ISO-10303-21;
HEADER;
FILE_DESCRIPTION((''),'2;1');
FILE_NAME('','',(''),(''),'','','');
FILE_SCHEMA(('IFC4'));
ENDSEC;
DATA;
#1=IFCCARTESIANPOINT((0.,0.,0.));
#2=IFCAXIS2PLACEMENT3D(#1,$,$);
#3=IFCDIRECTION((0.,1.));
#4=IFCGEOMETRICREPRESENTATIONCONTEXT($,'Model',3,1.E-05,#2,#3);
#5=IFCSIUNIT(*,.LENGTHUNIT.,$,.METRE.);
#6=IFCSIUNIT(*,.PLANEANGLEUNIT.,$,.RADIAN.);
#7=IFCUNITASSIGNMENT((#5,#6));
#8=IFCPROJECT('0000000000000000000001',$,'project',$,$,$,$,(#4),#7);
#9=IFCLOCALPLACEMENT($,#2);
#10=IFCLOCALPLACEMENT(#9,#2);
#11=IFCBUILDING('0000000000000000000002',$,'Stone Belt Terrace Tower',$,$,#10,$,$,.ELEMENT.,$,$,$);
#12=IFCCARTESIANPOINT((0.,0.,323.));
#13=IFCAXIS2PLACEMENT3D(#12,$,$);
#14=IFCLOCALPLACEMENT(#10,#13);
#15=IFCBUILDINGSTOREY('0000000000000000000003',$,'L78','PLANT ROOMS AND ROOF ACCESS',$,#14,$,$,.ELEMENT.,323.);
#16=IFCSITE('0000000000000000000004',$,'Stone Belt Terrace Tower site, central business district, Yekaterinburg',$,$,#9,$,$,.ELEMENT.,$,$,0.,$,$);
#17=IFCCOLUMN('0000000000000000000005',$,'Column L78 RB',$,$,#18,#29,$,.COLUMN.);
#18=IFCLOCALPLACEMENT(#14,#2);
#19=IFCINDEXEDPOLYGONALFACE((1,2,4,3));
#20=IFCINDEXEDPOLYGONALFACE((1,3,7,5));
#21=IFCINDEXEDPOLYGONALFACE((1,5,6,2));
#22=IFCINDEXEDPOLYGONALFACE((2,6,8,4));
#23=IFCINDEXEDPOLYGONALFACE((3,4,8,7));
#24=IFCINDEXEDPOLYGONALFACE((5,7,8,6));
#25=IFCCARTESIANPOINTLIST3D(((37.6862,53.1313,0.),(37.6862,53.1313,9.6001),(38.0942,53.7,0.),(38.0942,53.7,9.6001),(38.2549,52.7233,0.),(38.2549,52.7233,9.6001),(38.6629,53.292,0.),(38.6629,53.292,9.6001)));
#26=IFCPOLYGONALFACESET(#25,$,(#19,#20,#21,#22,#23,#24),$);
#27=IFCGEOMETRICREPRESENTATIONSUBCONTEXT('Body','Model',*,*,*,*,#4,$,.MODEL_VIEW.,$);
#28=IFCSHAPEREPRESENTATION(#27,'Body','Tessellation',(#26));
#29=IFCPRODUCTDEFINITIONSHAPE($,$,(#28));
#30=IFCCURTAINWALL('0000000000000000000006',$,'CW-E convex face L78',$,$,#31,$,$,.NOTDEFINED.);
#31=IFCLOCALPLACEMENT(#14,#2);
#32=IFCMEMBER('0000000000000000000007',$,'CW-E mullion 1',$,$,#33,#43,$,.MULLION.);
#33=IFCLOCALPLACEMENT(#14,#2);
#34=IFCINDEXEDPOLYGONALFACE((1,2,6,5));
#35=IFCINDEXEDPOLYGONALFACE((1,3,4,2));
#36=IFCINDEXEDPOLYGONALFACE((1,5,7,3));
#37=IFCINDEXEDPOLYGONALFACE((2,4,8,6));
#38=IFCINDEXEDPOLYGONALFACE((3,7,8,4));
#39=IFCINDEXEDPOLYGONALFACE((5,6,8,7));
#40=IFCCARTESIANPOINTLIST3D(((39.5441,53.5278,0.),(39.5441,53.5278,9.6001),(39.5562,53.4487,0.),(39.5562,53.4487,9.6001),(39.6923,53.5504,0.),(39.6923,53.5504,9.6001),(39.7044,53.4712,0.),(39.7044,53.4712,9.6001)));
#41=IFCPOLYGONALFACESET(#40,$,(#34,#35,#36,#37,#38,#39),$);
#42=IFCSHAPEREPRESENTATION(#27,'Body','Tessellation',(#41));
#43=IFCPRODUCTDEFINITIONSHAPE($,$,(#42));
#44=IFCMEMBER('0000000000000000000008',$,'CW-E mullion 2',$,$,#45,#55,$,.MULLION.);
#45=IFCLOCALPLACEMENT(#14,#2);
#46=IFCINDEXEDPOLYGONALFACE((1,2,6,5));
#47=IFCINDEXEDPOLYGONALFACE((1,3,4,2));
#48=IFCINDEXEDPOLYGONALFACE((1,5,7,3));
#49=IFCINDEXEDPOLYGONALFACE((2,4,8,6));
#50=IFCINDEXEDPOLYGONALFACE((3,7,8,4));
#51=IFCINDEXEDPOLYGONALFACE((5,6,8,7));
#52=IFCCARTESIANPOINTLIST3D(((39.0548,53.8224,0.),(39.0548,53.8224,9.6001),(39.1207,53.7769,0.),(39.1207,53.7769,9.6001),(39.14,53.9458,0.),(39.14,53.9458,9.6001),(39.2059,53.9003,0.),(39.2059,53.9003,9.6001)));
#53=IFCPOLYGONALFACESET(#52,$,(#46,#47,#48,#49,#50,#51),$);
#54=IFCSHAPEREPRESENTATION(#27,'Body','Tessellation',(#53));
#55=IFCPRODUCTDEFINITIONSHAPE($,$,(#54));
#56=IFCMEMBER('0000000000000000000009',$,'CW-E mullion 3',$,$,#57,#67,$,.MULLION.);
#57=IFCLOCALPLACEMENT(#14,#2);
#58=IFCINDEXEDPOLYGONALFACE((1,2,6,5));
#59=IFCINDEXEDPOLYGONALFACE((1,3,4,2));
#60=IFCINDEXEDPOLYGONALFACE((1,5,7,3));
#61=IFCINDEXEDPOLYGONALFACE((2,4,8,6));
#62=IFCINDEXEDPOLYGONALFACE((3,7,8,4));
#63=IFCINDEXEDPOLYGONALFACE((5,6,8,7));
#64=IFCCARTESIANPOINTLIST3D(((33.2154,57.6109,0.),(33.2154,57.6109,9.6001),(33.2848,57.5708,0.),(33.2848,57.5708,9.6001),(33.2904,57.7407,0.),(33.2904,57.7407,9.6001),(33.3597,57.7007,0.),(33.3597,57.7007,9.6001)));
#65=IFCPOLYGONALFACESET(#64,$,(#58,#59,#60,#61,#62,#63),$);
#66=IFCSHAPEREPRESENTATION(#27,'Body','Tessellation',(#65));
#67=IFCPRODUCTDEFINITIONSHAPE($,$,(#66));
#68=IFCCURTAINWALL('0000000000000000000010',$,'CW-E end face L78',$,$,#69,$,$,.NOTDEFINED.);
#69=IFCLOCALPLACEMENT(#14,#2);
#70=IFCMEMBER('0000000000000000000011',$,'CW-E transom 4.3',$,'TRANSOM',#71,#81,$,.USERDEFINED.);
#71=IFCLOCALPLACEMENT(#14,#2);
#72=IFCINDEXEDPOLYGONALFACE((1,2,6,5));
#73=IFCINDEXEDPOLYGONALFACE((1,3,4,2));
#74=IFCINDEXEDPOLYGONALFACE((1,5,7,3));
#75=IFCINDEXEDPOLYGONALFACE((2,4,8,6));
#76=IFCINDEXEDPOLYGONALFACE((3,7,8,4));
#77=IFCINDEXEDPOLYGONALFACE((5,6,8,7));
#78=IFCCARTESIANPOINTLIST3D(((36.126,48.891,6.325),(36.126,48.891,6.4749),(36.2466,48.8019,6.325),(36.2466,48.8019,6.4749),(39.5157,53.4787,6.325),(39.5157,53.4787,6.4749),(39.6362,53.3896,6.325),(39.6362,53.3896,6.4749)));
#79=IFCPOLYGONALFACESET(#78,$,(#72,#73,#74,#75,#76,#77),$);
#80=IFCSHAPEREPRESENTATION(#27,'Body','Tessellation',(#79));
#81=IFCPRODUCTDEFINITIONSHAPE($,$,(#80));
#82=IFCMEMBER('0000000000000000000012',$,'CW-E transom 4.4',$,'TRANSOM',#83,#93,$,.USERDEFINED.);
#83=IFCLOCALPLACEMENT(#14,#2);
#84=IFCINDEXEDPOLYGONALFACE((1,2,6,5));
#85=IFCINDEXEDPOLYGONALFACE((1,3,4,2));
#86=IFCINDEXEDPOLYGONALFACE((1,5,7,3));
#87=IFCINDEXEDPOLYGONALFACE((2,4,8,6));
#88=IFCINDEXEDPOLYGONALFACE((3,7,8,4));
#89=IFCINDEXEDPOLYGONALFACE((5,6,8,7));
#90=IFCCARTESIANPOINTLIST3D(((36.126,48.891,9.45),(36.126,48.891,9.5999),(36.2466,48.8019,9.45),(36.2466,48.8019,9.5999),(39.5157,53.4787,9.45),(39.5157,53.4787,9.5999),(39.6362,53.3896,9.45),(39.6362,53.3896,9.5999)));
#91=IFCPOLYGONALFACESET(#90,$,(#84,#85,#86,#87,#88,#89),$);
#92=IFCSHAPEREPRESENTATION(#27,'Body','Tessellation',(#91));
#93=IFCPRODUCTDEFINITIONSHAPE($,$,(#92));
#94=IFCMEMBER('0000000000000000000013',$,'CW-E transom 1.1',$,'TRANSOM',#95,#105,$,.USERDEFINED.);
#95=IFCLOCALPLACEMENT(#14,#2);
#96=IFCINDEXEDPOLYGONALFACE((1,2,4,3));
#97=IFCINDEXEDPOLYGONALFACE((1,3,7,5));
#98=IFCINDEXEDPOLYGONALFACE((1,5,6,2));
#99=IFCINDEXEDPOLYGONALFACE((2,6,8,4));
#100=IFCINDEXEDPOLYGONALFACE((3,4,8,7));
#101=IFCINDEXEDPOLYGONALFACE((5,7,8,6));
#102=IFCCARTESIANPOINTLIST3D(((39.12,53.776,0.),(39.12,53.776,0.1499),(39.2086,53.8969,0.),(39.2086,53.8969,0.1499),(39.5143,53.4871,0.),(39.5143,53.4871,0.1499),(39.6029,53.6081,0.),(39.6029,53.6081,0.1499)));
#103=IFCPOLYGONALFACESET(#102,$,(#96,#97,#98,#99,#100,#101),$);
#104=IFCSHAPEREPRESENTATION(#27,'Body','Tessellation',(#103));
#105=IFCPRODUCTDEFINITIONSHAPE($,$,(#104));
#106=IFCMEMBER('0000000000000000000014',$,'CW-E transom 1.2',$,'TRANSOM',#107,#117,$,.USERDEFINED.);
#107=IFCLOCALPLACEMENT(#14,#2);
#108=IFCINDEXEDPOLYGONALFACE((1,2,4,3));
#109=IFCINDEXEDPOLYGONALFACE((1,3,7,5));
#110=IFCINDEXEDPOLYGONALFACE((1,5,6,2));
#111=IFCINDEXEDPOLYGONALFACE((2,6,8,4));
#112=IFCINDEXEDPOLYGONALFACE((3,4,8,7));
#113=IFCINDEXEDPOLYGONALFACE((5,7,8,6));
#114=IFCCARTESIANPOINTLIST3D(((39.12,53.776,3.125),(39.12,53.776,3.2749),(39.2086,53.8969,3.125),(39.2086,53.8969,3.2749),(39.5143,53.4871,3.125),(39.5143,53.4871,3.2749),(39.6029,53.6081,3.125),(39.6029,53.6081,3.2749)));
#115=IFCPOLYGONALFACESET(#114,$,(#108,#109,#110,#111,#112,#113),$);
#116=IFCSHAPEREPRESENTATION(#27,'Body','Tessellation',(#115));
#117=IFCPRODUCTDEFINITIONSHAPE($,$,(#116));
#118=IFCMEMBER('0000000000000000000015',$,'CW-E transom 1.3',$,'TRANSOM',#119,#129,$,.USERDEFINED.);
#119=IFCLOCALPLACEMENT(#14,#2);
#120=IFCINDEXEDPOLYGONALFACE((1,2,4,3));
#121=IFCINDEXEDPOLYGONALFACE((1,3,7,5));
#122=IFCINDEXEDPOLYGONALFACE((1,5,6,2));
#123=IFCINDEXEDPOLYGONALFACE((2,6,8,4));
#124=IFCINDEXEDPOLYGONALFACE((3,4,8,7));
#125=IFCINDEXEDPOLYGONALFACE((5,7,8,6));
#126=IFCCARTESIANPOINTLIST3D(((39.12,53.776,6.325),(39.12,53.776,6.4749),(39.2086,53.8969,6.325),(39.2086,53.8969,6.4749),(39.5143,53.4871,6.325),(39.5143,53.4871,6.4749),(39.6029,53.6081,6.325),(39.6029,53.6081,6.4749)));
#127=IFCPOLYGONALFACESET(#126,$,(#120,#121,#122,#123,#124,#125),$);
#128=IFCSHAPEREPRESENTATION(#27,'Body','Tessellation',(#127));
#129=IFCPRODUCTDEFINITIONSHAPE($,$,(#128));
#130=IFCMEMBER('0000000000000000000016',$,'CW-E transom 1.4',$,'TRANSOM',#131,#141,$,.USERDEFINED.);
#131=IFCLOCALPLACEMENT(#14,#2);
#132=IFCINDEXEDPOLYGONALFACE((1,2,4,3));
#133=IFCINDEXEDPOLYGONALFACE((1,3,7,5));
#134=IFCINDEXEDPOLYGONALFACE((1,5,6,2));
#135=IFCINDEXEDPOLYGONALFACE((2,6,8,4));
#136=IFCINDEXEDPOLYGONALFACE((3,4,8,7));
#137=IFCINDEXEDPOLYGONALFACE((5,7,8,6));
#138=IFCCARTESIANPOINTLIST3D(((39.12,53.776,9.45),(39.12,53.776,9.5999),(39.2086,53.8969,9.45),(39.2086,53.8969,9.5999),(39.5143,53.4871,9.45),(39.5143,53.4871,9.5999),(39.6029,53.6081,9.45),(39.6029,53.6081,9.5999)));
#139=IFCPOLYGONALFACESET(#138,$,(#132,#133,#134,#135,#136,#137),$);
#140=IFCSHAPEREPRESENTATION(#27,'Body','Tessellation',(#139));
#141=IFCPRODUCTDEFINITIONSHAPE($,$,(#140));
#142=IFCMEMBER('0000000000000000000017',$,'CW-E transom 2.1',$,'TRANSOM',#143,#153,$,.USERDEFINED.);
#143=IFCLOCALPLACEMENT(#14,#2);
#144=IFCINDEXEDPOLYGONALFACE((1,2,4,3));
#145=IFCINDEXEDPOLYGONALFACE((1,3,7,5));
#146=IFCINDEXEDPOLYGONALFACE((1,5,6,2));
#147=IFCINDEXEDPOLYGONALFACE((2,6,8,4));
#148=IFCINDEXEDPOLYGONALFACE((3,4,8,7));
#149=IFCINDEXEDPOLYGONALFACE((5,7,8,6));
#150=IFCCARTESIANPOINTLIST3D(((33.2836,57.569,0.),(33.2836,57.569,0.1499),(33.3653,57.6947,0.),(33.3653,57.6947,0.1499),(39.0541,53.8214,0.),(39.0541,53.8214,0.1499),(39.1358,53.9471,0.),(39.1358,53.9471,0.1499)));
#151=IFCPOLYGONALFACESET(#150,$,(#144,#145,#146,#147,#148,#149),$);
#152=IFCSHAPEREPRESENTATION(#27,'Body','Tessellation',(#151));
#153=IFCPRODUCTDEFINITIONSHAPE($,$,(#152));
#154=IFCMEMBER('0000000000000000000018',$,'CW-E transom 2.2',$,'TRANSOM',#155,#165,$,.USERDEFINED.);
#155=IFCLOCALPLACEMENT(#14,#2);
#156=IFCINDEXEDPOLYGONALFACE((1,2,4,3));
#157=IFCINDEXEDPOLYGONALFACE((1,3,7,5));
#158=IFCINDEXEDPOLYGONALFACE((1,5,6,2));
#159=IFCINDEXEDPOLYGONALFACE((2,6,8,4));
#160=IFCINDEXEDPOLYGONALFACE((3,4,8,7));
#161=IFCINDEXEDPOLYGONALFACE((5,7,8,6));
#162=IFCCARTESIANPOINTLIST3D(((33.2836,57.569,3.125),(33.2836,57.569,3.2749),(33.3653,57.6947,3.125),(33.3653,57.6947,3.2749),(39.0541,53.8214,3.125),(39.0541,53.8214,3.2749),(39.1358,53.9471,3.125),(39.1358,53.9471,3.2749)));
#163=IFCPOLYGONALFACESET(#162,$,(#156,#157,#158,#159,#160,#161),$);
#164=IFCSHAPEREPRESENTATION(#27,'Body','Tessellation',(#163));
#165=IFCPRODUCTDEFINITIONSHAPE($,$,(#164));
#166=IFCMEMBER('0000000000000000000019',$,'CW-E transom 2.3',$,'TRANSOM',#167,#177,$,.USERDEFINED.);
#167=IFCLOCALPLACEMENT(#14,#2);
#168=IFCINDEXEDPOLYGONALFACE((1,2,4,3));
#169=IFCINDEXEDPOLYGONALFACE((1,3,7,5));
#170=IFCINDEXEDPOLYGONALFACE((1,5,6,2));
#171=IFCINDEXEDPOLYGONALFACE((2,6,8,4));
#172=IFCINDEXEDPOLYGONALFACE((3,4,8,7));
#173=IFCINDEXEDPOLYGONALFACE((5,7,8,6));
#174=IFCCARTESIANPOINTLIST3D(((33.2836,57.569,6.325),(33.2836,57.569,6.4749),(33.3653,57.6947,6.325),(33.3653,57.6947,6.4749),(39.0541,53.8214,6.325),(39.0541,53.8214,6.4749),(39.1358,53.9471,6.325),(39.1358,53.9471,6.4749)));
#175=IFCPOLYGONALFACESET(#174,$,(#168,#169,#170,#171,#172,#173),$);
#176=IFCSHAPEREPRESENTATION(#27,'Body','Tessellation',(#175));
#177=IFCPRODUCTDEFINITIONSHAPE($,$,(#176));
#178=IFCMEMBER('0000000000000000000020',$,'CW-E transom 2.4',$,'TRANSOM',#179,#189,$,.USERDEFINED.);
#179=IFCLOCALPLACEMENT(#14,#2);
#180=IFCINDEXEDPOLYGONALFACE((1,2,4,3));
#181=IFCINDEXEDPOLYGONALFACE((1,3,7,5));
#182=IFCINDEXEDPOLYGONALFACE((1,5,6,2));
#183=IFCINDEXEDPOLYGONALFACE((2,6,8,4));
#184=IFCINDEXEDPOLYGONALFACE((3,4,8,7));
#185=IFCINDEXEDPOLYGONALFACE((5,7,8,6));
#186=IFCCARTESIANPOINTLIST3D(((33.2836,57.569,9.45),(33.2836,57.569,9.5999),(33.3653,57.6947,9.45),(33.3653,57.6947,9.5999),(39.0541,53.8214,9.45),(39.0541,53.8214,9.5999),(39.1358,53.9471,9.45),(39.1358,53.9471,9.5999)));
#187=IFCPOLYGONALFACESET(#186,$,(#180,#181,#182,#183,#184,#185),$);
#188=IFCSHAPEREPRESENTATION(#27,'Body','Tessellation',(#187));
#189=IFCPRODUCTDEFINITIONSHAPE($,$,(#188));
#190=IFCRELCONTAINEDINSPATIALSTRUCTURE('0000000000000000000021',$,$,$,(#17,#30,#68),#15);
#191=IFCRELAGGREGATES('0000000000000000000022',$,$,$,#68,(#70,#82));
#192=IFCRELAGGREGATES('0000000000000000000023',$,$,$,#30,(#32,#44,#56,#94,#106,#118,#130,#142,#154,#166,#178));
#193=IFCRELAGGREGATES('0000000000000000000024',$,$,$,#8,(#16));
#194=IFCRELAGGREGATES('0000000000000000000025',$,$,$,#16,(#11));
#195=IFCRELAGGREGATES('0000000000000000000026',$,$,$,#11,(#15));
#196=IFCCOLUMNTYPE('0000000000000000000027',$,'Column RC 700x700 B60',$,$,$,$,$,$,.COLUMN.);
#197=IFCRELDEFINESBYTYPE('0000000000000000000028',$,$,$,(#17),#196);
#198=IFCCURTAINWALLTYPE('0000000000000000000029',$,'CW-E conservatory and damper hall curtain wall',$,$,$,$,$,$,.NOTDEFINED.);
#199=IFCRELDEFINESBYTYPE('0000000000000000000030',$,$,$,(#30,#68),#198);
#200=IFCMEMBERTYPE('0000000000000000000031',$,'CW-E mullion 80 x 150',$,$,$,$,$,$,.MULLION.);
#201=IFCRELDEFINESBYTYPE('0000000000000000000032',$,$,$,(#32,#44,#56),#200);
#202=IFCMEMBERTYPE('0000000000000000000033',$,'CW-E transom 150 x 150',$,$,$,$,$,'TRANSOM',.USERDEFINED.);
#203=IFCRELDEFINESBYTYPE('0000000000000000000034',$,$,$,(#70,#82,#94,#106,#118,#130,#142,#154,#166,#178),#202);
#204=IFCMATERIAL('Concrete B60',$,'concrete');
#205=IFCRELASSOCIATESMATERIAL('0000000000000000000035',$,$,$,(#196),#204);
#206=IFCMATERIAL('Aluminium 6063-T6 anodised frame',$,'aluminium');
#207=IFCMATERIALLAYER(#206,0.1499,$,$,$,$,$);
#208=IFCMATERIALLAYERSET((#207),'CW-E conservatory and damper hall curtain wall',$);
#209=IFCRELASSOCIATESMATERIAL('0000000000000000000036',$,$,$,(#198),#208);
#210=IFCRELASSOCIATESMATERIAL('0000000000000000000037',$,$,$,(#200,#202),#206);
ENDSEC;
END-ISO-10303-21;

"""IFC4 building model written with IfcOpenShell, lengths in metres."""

from ifc_helpers import new_model, si_unit, direction, frame, origin, origin_2d, place, context, subcontext, project, spatial, rectangle, extrude, material, layer, layer_set, material_profile, profile_set, type_object, element, aggregate, save


model = new_model("IFC4")

# Units and contexts
model_context = context("Model", 3, precision=1e-05, world=origin(), true_north=direction((0.0, 1.0)))
body_context = subcontext(model_context, "Body", "Model", "MODEL_VIEW")
ifc_project = project(units=[si_unit("LENGTHUNIT", "METRE"), si_unit("PLANEANGLEUNIT", "RADIAN")], contexts=[model_context])

# Site, building, storey
site_placement = place(None, origin())
site = spatial("IfcSite", under=ifc_project, at=site_placement, Name="Stone Belt Terrace Tower site, central business district, Yekaterinburg", CompositionType="ELEMENT", RefElevation=0.0)
building_placement = place(site_placement, origin())
building = spatial("IfcBuilding", under=site, at=building_placement, Name="Stone Belt Terrace Tower", CompositionType="ELEMENT")
storey_placement = place(building_placement, frame((0.0, 0.0, 323.0)))
storey = spatial("IfcBuildingStorey", under=building, at=storey_placement, Name="L78", Description="PLANT ROOMS AND ROOF ACCESS", CompositionType="ELEMENT", Elevation=323.0)

# Column
ifc_material_1 = material(Name="Concrete B60", Category="concrete")
ifc_material_profile_1 = material_profile(ifc_material_1, rectangle(XDim=0.7, YDim=0.7, at=origin_2d()), Name="RC 700x700")
ifc_profile_set_1 = profile_set([ifc_material_profile_1], Name="Concrete B60")
column_type = type_object("IfcColumnType", Name="Column RC 700x700 B60", PredefinedType="COLUMN", material=ifc_profile_set_1)
column_placement = place(storey_placement, frame((38.1746, 53.2117, 0.0), z_axis=(0.0, 0.0, 1.0), x_axis=(0.812531, -0.582917, 0.0)))
element("IfcColumn", 1, at=column_placement, inside=storey, type_object=column_type, Name="Column L78 RB", PredefinedType="COLUMN", context=body_context, shape_type="SweptSolid", body=[
    extrude(rectangle(XDim=0.7, YDim=0.7, at=origin_2d()), origin(), (0.0, 0.0, 1.0), 9.6001),
])

# Curtain walls, members
ifc_material_2 = material(Name="Aluminium 6063-T6 anodised frame", Category="aluminium")
ifc_layer_1 = layer(ifc_material_2, 0.1499)
ifc_layer_set_1 = layer_set([ifc_layer_1], Name="CW-E conservatory and damper hall curtain wall")
curtain_wall_type = type_object("IfcCurtainWallType", Name="CW-E conservatory and damper hall curtain wall", PredefinedType="NOTDEFINED", material=ifc_layer_set_1)
curtain_wall_1_placement = place(storey_placement, origin())
curtain_wall_1 = element("IfcCurtainWall", 2, at=curtain_wall_1_placement, inside=storey, type_object=curtain_wall_type, Name="CW-E convex face L78", PredefinedType="NOTDEFINED")
ifc_material_profile_2 = material_profile(ifc_material_2, rectangle(XDim=0.1499, YDim=0.0801, at=origin_2d()), Name="Aluminium 6063-T6 80x150")
ifc_profile_set_2 = profile_set([ifc_material_profile_2], Name="Aluminium 6063-T6 anodised frame")
member_type_1 = type_object("IfcMemberType", Name="CW-E mullion 80 x 150", PredefinedType="MULLION", material=ifc_profile_set_2)
member_1_placement = place(storey_placement, frame((39.6243, 53.4995, 0.0), z_axis=(0.0, 0.0, 1.0), x_axis=(-0.988614, -0.150472, 0.0)))
member_1 = element("IfcMember", 3, at=member_1_placement, type_object=member_type_1, Name="CW-E mullion 1", PredefinedType="MULLION", context=body_context, shape_type="SweptSolid", body=[
    extrude(rectangle(XDim=0.1499, YDim=0.0801, at=origin_2d()), origin(), (0.0, 0.0, 1.0), 9.6001),
])
member_2_placement = place(storey_placement, frame((39.1304, 53.8613, 0.0), z_axis=(0.0, 0.0, 1.0), x_axis=(-0.568063, -0.822985, 0.0)))
member_2 = element("IfcMember", 4, at=member_2_placement, type_object=member_type_1, Name="CW-E mullion 2", PredefinedType="MULLION", context=body_context, shape_type="SweptSolid", body=[
    extrude(rectangle(XDim=0.1499, YDim=0.0801, at=origin_2d()), origin(), (0.0, 0.0, 1.0), 9.6001),
])
member_3_placement = place(storey_placement, frame((33.2876, 57.6558, 0.0), z_axis=(0.0, 0.0, 1.0), x_axis=(-0.5, -0.866025, 0.0)))
member_3 = element("IfcMember", 5, at=member_3_placement, type_object=member_type_1, Name="CW-E mullion 3", PredefinedType="MULLION", context=body_context, shape_type="SweptSolid", body=[
    extrude(rectangle(XDim=0.1499, YDim=0.0801, at=origin_2d()), origin(), (0.0, 0.0, 1.0), 9.6001),
])
curtain_wall_2_placement = place(storey_placement, origin())
curtain_wall_2 = element("IfcCurtainWall", 6, at=curtain_wall_2_placement, inside=storey, type_object=curtain_wall_type, Name="CW-E end face L78", PredefinedType="NOTDEFINED")
ifc_material_profile_3 = material_profile(ifc_material_2, rectangle(XDim=0.1499, YDim=0.1499, at=origin_2d()), Name="Aluminium 6063-T6 150x150")
ifc_profile_set_3 = profile_set([ifc_material_profile_3], Name="Aluminium 6063-T6 anodised frame")
member_type_2 = type_object("IfcMemberType", Name="CW-E transom 150 x 150", ElementType="TRANSOM", PredefinedType="USERDEFINED", material=ifc_profile_set_3)
member_4_placement = place(storey_placement, frame((36.1863, 48.8464, 6.3999), z_axis=(0.594253, 0.804278, 0.0), x_axis=(-0.804278, 0.594253, 0.0)))
member_4 = element("IfcMember", 7, at=member_4_placement, type_object=member_type_2, Name="CW-E transom 4.3", ObjectType="TRANSOM", PredefinedType="USERDEFINED", context=body_context, shape_type="SweptSolid", body=[
    extrude(rectangle(XDim=0.1499, YDim=0.1499, at=origin_2d()), origin(), (0.0, 0.0, 1.0), 5.7041),
])
member_5_placement = place(storey_placement, frame((36.1863, 48.8464, 9.5249), z_axis=(0.594253, 0.804278, 0.0), x_axis=(-0.804278, 0.594253, 0.0)))
member_5 = element("IfcMember", 8, at=member_5_placement, type_object=member_type_2, Name="CW-E transom 4.4", ObjectType="TRANSOM", PredefinedType="USERDEFINED", context=body_context, shape_type="SweptSolid", body=[
    extrude(rectangle(XDim=0.1499, YDim=0.1499, at=origin_2d()), origin(), (0.0, 0.0, 1.0), 5.7041),
])

# Members
member_6_placement = place(storey_placement, frame((39.5586, 53.5476, 0.075), z_axis=(-0.806722, 0.59093, 0.0), x_axis=(-0.59093, -0.806722, 0.0)))
member_6 = element("IfcMember", 9, at=member_6_placement, type_object=member_type_2, Name="CW-E transom 1.1", ObjectType="TRANSOM", PredefinedType="USERDEFINED", context=body_context, shape_type="SweptSolid", body=[
    extrude(rectangle(XDim=0.1499, YDim=0.1499, at=origin_2d()), origin(), (0.0, 0.0, 1.0), 0.4888),
])
member_7_placement = place(storey_placement, frame((39.5586, 53.5476, 3.2), z_axis=(-0.806722, 0.59093, 0.0), x_axis=(-0.59093, -0.806722, 0.0)))
member_7 = element("IfcMember", 10, at=member_7_placement, type_object=member_type_2, Name="CW-E transom 1.2", ObjectType="TRANSOM", PredefinedType="USERDEFINED", context=body_context, shape_type="SweptSolid", body=[
    extrude(rectangle(XDim=0.1499, YDim=0.1499, at=origin_2d()), origin(), (0.0, 0.0, 1.0), 0.4888),
])
member_8_placement = place(storey_placement, frame((39.5586, 53.5476, 6.3999), z_axis=(-0.806722, 0.59093, 0.0), x_axis=(-0.59093, -0.806722, 0.0)))
member_8 = element("IfcMember", 11, at=member_8_placement, type_object=member_type_2, Name="CW-E transom 1.3", ObjectType="TRANSOM", PredefinedType="USERDEFINED", context=body_context, shape_type="SweptSolid", body=[
    extrude(rectangle(XDim=0.1499, YDim=0.1499, at=origin_2d()), origin(), (0.0, 0.0, 1.0), 0.4888),
])
member_9_placement = place(storey_placement, frame((39.5586, 53.5476, 9.5249), z_axis=(-0.806722, 0.59093, 0.0), x_axis=(-0.59093, -0.806722, 0.0)))
member_9 = element("IfcMember", 12, at=member_9_placement, type_object=member_type_2, Name="CW-E transom 1.4", ObjectType="TRANSOM", PredefinedType="USERDEFINED", context=body_context, shape_type="SweptSolid", body=[
    extrude(rectangle(XDim=0.1499, YDim=0.1499, at=origin_2d()), origin(), (0.0, 0.0, 1.0), 0.4888),
])
member_10_placement = place(storey_placement, frame((39.095, 53.8843, 0.075), z_axis=(-0.838661, 0.544654, 0.0), x_axis=(-0.544654, -0.838661, 0.0)))
member_10 = element("IfcMember", 13, at=member_10_placement, type_object=member_type_2, Name="CW-E transom 2.1", ObjectType="TRANSOM", PredefinedType="USERDEFINED", context=body_context, shape_type="SweptSolid", body=[
    extrude(rectangle(XDim=0.1499, YDim=0.1499, at=origin_2d()), origin(), (0.0, 0.0, 1.0), 6.8806),
])
member_11_placement = place(storey_placement, frame((39.095, 53.8843, 3.2), z_axis=(-0.838661, 0.544654, 0.0), x_axis=(-0.544654, -0.838661, 0.0)))
member_11 = element("IfcMember", 14, at=member_11_placement, type_object=member_type_2, Name="CW-E transom 2.2", ObjectType="TRANSOM", PredefinedType="USERDEFINED", context=body_context, shape_type="SweptSolid", body=[
    extrude(rectangle(XDim=0.1499, YDim=0.1499, at=origin_2d()), origin(), (0.0, 0.0, 1.0), 6.8806),
])
member_12_placement = place(storey_placement, frame((39.095, 53.8843, 6.3999), z_axis=(-0.838661, 0.544654, 0.0), x_axis=(-0.544654, -0.838661, 0.0)))
member_12 = element("IfcMember", 15, at=member_12_placement, type_object=member_type_2, Name="CW-E transom 2.3", ObjectType="TRANSOM", PredefinedType="USERDEFINED", context=body_context, shape_type="SweptSolid", body=[
    extrude(rectangle(XDim=0.1499, YDim=0.1499, at=origin_2d()), origin(), (0.0, 0.0, 1.0), 6.8806),
])
member_13_placement = place(storey_placement, frame((39.095, 53.8843, 9.5249), z_axis=(-0.838661, 0.544654, 0.0), x_axis=(-0.544654, -0.838661, 0.0)))
member_13 = element("IfcMember", 16, at=member_13_placement, type_object=member_type_2, Name="CW-E transom 2.4", ObjectType="TRANSOM", PredefinedType="USERDEFINED", context=body_context, shape_type="SweptSolid", body=[
    extrude(rectangle(XDim=0.1499, YDim=0.1499, at=origin_2d()), origin(), (0.0, 0.0, 1.0), 6.8806),
])

aggregate(curtain_wall_2, [member_4, member_5])
aggregate(curtain_wall_1, [member_1, member_2, member_3, member_6, member_7, member_8, member_9, member_10, member_11, member_12, member_13])

save(model, "model.ifc")
